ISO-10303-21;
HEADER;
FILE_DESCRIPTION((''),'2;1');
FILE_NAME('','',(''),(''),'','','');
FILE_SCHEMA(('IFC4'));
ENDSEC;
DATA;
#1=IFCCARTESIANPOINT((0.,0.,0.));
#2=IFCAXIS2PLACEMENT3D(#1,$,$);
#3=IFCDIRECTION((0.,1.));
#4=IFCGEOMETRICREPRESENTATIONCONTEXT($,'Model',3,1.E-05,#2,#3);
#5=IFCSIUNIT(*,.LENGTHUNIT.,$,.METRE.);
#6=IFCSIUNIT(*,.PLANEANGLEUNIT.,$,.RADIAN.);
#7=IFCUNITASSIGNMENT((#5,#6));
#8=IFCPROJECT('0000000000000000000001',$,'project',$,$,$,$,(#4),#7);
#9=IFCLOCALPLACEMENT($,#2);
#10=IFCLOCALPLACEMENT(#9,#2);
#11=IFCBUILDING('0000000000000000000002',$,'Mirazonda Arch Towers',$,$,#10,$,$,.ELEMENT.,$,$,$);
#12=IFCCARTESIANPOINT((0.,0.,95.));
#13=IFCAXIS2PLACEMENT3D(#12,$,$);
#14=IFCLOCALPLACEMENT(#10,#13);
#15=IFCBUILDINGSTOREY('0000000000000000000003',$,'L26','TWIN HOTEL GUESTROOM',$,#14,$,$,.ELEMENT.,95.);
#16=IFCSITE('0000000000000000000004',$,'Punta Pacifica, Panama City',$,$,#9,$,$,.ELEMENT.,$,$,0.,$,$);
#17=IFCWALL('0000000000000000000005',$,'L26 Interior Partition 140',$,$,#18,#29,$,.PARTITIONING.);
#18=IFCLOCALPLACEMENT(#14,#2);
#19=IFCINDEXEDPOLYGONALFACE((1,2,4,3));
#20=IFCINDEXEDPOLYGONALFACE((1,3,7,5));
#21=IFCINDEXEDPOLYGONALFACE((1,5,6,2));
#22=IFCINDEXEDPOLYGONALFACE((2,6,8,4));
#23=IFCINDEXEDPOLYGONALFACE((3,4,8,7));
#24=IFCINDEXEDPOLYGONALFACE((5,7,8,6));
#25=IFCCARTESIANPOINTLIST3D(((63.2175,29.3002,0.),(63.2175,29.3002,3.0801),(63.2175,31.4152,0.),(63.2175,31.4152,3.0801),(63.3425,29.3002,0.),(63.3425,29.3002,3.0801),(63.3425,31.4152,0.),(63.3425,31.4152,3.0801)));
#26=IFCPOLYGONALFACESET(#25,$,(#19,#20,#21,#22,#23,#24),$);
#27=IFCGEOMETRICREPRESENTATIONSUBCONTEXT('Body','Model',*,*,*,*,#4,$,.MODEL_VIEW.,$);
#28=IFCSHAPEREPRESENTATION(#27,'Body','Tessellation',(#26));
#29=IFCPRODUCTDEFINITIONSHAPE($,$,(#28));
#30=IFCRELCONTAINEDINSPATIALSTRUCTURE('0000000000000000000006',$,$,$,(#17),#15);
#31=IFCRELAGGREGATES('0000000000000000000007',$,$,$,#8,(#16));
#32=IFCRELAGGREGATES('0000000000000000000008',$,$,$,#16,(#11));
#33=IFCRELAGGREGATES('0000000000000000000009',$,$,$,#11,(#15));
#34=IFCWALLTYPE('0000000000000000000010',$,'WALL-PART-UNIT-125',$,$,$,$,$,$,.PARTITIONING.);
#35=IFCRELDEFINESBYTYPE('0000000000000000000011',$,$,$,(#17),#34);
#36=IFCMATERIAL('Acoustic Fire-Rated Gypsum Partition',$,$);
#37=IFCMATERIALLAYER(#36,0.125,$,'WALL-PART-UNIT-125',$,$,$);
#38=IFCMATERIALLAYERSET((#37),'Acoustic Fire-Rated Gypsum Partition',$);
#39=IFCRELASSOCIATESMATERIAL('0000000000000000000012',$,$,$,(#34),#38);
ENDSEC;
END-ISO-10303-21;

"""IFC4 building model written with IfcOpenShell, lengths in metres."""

from ifc_helpers import new_model, si_unit, direction, frame, frame_2d, origin, place, context, subcontext, project, spatial, rectangle, extrude, material, layer, layer_set, type_object, element, save


model = new_model("IFC4")

# Units and contexts
model_context = context("Model", 3, precision=1e-05, world=origin(), true_north=direction((0.0, 1.0)))
body_context = subcontext(model_context, "Body", "Model", "MODEL_VIEW")
ifc_project = project(units=[si_unit("LENGTHUNIT", "METRE"), si_unit("PLANEANGLEUNIT", "RADIAN")], contexts=[model_context])

# Site, building, storey
site_placement = place(None, origin())
site = spatial("IfcSite", under=ifc_project, at=site_placement, Name="Punta Pacifica, Panama City", CompositionType="ELEMENT", RefElevation=0.0)
building_placement = place(site_placement, origin())
building = spatial("IfcBuilding", under=site, at=building_placement, Name="Mirazonda Arch Towers", CompositionType="ELEMENT")
storey_placement = place(building_placement, frame((0.0, 0.0, 95.0)))
storey = spatial("IfcBuildingStorey", under=building, at=storey_placement, Name="L26", Description="TWIN HOTEL GUESTROOM", CompositionType="ELEMENT", Elevation=95.0)

# Wall
ifc_material_1 = material(Name="Acoustic Fire-Rated Gypsum Partition")
ifc_layer_1 = layer(ifc_material_1, 0.125, Name="WALL-PART-UNIT-125")
ifc_layer_set_1 = layer_set([ifc_layer_1], Name="Acoustic Fire-Rated Gypsum Partition")
wall_type_1 = type_object("IfcWallType", Name="WALL-PART-UNIT-125", PredefinedType="PARTITIONING", material=ifc_layer_set_1)
wall_1_placement = place(storey_placement, frame((63.28, 29.3, 0.0), z_axis=(0.0, 0.0, 1.0), x_axis=(0.0, 1.0, 0.0)))
element("IfcWall", 1, at=wall_1_placement, inside=storey, type_object=wall_type_1, Name="L26 Interior Partition 140", PredefinedType="PARTITIONING", context=body_context, shape_type="SweptSolid", body=[
    extrude(rectangle(XDim=2.115, YDim=0.125, at=frame_2d((1.0576, 0.0))), origin(), (0.0, 0.0, 1.0), 3.0801),
])

save(model, "model.ifc")
